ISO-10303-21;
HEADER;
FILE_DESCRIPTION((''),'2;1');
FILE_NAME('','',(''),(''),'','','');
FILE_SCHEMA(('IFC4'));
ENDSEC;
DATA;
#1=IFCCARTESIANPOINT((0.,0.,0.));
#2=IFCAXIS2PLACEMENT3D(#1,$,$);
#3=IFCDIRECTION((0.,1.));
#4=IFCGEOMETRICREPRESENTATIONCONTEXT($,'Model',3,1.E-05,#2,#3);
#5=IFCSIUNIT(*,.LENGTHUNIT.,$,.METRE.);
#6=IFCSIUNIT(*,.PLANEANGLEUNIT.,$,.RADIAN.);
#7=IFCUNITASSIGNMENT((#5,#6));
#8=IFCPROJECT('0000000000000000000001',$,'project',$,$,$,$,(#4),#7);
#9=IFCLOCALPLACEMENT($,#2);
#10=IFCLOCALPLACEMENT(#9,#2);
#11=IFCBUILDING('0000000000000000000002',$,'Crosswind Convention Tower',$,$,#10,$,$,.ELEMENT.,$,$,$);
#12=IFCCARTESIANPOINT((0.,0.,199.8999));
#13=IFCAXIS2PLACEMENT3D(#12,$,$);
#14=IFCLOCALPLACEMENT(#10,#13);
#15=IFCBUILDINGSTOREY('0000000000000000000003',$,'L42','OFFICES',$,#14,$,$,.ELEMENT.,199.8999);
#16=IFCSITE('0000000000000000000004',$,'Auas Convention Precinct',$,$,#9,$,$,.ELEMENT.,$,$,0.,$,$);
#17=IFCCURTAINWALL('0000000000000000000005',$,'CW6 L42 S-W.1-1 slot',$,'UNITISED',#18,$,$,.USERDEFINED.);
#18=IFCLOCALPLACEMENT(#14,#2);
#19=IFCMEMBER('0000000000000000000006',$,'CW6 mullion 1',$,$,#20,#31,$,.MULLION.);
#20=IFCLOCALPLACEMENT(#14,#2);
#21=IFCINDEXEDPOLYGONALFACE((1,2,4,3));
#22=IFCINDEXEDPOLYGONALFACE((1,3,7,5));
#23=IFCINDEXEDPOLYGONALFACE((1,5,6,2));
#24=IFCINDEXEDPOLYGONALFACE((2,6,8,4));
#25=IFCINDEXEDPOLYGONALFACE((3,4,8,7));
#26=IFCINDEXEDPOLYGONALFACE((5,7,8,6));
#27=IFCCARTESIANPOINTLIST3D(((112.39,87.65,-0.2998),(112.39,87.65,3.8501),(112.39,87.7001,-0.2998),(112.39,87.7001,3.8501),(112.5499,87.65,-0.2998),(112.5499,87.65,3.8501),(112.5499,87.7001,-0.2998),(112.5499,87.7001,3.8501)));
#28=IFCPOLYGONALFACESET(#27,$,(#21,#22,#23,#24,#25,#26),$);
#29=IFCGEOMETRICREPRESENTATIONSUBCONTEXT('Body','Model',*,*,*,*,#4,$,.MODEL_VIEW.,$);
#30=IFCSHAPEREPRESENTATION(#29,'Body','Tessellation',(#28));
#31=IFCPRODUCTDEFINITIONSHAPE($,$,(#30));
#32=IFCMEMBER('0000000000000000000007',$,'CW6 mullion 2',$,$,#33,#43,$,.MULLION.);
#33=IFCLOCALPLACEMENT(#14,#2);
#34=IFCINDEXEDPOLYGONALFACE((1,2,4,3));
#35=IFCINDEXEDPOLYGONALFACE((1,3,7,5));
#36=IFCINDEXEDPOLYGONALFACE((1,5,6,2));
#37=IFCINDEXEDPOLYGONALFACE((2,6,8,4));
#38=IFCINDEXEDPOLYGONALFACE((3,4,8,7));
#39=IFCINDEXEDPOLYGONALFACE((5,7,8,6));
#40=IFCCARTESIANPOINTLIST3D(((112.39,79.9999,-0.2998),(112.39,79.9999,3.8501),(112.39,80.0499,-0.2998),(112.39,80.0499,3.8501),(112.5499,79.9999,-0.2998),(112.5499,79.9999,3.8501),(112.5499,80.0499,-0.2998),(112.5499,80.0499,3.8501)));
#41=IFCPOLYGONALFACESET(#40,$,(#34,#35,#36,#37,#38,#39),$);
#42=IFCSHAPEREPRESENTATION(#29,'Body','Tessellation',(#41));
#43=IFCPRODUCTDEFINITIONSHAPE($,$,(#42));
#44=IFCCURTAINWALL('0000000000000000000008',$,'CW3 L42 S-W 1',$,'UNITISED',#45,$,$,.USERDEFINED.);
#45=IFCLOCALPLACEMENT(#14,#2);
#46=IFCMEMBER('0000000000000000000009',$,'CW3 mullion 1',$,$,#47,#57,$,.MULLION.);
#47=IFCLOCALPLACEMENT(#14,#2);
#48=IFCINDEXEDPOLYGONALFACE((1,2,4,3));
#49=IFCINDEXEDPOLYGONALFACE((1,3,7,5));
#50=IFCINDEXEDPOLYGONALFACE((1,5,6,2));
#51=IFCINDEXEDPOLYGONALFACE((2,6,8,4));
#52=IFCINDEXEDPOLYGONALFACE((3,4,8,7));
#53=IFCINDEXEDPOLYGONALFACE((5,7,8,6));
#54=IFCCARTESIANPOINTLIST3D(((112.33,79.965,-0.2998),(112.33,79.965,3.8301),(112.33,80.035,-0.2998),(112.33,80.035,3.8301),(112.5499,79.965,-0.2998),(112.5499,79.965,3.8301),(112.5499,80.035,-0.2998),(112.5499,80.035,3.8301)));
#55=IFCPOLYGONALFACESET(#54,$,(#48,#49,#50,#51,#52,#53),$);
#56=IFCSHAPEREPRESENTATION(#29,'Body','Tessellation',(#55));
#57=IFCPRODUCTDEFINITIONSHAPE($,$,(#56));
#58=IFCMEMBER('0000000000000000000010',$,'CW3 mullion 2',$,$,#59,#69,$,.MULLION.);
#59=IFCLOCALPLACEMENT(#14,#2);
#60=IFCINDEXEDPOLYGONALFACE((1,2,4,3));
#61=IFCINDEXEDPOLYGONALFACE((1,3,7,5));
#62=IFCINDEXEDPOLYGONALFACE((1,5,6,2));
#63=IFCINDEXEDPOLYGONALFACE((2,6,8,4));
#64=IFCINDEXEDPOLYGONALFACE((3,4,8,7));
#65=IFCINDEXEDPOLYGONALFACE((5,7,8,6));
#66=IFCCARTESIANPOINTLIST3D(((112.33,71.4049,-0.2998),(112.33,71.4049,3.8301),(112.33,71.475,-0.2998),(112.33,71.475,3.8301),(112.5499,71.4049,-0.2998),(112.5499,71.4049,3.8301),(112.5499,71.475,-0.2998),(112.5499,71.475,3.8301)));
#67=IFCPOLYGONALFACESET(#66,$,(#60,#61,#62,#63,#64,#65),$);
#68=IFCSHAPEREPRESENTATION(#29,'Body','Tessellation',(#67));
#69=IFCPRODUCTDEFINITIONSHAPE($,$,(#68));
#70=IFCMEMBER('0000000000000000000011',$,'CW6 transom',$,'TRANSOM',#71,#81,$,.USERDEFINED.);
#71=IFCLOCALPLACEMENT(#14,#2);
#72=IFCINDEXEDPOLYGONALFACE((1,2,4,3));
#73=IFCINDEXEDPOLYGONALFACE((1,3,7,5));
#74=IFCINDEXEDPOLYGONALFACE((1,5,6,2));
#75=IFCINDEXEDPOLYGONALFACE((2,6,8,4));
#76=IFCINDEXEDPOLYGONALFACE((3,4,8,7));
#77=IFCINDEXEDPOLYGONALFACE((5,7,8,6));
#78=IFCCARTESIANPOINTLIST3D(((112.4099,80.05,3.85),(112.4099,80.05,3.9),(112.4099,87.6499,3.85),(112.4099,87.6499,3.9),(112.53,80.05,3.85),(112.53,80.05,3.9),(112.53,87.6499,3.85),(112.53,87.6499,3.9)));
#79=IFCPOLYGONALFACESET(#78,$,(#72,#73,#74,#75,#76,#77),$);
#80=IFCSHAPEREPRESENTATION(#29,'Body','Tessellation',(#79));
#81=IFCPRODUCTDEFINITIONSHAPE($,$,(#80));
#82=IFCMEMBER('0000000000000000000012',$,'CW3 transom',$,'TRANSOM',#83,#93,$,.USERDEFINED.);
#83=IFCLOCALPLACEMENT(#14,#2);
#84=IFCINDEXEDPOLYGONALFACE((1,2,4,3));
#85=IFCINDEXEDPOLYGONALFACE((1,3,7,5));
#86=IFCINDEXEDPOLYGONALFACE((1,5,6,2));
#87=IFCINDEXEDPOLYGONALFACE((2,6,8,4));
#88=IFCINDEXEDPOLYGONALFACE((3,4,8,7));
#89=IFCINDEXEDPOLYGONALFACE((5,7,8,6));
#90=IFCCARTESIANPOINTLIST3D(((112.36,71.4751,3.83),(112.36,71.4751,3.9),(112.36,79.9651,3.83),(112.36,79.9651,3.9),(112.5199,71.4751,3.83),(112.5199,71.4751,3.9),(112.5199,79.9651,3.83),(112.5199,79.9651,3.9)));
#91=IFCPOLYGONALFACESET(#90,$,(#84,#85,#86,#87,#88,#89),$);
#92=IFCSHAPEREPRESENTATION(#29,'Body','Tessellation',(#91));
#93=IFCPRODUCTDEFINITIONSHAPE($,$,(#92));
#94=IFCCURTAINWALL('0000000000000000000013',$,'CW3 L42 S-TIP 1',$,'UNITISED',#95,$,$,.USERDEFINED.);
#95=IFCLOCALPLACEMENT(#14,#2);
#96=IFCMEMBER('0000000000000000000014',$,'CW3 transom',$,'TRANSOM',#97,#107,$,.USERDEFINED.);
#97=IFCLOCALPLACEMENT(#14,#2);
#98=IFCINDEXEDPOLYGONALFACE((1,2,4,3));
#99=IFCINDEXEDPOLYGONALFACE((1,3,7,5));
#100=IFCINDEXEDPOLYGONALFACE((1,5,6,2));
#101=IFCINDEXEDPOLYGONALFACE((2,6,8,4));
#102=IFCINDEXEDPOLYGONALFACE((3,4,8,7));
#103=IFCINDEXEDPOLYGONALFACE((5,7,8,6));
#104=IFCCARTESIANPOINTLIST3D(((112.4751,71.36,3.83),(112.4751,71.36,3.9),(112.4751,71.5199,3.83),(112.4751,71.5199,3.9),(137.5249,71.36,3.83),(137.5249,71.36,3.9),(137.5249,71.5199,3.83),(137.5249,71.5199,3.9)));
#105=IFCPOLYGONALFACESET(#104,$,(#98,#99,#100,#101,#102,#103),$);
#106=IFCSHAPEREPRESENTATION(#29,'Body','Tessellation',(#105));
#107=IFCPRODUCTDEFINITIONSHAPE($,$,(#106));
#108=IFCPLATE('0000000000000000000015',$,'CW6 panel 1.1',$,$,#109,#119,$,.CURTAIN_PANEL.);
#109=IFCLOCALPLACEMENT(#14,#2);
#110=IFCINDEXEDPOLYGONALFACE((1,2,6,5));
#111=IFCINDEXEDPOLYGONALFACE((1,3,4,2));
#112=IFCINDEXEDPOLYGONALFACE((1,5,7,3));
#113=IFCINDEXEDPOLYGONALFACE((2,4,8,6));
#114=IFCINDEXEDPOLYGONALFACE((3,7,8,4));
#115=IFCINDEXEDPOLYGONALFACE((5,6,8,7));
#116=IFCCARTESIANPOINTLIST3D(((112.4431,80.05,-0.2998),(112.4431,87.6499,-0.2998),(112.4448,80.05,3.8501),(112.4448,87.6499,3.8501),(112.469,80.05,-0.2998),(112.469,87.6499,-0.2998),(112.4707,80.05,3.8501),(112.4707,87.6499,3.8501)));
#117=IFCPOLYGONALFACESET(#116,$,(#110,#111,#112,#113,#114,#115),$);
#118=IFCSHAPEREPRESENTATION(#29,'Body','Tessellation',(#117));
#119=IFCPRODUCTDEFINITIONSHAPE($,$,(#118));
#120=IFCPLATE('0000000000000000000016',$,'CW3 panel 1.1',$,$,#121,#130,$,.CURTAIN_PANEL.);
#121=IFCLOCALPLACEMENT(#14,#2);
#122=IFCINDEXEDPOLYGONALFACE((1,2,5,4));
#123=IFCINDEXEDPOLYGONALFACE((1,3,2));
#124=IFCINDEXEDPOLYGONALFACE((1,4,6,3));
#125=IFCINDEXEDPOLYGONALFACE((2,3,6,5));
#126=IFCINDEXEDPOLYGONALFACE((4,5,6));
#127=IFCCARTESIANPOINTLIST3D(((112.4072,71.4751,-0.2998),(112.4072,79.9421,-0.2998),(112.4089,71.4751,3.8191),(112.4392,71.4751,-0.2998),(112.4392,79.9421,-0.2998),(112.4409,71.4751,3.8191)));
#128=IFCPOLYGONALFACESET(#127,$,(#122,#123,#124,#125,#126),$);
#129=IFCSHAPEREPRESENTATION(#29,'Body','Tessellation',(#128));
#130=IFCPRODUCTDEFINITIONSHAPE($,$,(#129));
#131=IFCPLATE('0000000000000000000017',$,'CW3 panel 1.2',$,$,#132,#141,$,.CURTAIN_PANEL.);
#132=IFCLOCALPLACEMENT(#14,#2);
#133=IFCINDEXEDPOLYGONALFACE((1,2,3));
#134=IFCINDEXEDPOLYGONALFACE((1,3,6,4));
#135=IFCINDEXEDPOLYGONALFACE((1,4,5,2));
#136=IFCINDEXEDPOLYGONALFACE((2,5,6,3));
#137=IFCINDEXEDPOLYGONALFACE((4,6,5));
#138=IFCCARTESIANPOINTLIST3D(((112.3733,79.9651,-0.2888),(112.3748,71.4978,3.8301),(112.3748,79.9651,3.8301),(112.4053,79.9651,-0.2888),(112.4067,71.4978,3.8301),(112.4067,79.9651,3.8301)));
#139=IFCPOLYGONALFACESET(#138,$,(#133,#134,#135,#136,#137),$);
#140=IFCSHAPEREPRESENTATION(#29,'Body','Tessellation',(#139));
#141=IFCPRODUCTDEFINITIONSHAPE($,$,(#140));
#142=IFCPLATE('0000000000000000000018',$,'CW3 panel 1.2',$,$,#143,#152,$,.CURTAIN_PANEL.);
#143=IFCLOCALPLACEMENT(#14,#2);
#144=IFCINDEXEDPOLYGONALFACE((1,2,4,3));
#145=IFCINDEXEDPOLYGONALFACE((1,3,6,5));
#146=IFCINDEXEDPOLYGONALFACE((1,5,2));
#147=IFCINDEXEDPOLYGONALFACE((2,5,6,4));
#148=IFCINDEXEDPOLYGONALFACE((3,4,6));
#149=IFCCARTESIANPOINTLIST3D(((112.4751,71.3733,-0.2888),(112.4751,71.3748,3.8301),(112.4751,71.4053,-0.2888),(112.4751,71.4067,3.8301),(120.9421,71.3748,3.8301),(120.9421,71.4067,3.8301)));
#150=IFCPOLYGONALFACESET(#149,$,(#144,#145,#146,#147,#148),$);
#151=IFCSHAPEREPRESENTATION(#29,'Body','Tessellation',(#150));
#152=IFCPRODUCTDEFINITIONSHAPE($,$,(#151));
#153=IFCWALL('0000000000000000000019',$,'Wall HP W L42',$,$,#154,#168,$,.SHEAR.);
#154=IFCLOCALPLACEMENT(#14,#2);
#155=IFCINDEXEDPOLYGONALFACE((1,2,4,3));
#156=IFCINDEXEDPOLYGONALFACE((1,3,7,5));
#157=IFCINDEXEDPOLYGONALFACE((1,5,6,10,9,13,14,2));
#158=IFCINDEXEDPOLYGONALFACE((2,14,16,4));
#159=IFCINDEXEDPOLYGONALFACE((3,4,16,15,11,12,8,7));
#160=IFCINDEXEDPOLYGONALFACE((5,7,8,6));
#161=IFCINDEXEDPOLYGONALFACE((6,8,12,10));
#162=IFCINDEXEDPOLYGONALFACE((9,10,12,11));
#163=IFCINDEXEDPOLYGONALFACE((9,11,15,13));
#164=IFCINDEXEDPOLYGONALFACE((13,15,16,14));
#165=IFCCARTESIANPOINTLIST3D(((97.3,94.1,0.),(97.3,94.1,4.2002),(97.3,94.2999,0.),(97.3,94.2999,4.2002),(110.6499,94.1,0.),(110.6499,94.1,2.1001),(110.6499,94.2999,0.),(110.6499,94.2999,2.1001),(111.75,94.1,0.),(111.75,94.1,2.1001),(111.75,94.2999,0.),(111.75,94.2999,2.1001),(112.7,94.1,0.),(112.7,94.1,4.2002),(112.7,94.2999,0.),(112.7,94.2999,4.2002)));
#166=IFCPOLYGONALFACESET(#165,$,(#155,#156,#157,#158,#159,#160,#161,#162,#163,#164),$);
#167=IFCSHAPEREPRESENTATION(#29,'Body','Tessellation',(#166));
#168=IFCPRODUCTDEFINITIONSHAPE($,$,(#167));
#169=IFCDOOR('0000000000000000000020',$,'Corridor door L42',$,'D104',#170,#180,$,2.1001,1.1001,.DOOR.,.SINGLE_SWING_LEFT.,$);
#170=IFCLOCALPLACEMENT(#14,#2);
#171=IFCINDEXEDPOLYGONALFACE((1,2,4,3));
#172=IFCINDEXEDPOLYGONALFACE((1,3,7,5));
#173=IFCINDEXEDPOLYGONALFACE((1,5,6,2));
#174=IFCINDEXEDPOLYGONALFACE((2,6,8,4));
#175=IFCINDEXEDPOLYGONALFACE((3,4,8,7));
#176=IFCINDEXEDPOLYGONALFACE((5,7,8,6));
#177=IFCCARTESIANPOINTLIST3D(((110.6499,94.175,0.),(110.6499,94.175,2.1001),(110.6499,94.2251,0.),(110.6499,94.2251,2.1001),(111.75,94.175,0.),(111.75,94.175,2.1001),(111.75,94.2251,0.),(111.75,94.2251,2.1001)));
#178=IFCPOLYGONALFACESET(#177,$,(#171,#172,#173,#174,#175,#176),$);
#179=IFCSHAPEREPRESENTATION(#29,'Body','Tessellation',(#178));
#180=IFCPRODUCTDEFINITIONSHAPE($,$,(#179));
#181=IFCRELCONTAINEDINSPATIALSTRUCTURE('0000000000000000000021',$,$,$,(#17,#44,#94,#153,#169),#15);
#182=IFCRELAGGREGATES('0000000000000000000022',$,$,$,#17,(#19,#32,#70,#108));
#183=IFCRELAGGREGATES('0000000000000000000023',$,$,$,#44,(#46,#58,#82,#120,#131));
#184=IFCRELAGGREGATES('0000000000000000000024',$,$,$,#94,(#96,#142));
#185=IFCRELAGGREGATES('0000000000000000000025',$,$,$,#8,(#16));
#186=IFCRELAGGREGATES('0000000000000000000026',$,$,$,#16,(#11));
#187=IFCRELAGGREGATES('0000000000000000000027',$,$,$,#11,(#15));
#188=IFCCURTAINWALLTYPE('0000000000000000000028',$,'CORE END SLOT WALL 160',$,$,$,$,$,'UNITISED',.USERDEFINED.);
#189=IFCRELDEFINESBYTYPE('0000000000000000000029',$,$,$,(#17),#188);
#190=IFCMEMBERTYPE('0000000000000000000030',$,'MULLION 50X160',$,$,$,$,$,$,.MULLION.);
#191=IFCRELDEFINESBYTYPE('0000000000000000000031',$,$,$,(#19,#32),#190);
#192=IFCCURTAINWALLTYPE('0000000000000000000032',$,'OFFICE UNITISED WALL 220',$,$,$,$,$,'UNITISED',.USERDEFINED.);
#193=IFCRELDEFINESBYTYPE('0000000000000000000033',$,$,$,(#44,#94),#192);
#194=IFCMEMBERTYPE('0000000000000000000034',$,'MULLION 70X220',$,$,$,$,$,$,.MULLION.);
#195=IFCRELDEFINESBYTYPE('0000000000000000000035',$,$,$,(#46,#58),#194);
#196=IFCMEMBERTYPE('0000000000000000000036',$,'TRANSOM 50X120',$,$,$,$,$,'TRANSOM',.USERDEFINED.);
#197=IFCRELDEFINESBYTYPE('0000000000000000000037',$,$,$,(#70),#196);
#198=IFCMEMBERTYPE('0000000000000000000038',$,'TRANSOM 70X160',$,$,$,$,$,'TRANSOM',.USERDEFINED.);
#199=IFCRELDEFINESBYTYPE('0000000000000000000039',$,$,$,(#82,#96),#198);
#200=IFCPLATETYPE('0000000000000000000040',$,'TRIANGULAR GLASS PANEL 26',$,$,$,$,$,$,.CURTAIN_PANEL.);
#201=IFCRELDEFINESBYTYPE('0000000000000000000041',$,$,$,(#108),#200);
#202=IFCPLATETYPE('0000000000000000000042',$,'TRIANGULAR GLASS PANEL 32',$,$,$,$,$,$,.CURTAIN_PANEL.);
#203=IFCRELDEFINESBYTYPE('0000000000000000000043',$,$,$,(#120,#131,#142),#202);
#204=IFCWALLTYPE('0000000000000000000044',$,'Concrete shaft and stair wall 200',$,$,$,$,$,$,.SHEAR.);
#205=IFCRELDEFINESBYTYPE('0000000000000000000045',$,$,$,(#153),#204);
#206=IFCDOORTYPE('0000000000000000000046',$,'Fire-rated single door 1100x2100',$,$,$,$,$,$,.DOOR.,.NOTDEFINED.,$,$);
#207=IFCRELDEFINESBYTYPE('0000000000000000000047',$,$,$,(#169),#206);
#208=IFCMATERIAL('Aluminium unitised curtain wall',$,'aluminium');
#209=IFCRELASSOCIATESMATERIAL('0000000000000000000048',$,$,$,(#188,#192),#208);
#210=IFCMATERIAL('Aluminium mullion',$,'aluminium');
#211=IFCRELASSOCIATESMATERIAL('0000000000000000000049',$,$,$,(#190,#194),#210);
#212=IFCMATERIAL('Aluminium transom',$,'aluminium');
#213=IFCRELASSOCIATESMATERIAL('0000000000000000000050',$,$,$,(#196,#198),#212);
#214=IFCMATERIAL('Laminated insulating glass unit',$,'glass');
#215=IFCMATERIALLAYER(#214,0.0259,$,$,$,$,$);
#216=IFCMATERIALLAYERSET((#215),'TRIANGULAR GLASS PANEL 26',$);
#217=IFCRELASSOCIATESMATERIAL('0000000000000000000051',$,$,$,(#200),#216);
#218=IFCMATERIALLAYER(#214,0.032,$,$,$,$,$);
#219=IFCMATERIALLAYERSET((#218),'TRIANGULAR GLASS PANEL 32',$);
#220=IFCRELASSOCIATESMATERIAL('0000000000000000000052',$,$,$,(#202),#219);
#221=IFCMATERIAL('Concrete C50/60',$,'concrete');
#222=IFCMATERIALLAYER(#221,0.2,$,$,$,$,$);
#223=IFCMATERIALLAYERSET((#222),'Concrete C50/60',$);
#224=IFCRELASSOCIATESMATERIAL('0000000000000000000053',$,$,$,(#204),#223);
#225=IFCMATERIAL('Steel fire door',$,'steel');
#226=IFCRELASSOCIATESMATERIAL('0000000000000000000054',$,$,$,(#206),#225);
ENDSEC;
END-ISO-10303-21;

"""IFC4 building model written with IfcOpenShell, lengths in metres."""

from ifc_helpers import new_model, si_unit, direction, frame, frame_2d, origin, origin_2d, place, context, subcontext, project, spatial, polyline, rectangle, outline, extrude, material, layer, layer_set, material_profile, profile_set, type_object, element, fill, aggregate, save


model = new_model("IFC4")

# Units and contexts
model_context = context("Model", 3, precision=1e-05, world=origin(), true_north=direction((0.0, 1.0)))
body_context = subcontext(model_context, "Body", "Model", "MODEL_VIEW")
ifc_project = project(units=[si_unit("LENGTHUNIT", "METRE"), si_unit("PLANEANGLEUNIT", "RADIAN")], contexts=[model_context])

# Site, building, storey
site_placement = place(None, origin())
site = spatial("IfcSite", under=ifc_project, at=site_placement, Name="Auas Convention Precinct", CompositionType="ELEMENT", RefElevation=0.0)
building_placement = place(site_placement, origin())
building = spatial("IfcBuilding", under=site, at=building_placement, Name="Crosswind Convention Tower", CompositionType="ELEMENT")
storey_placement = place(building_placement, frame((0.0, 0.0, 199.8999)))
storey = spatial("IfcBuildingStorey", under=building, at=storey_placement, Name="L42", Description="OFFICES", CompositionType="ELEMENT", Elevation=199.8999)

# Curtain walls, members
ifc_material_1 = material(Name="Aluminium unitised curtain wall", Category="aluminium")
curtain_wall_type_1 = type_object("IfcCurtainWallType", Name="CORE END SLOT WALL 160", ElementType="UNITISED", PredefinedType="USERDEFINED", material=ifc_material_1)
curtain_wall_1_placement = place(storey_placement, origin())
curtain_wall_1 = element("IfcCurtainWall", 1, at=curtain_wall_1_placement, inside=storey, type_object=curtain_wall_type_1, Name="CW6 L42 S-W.1-1 slot", ObjectType="UNITISED", PredefinedType="USERDEFINED")
ifc_material_2 = material(Name="Aluminium mullion", Category="aluminium")
ifc_material_profile_1 = material_profile(ifc_material_2, rectangle(XDim=0.1599, YDim=0.05, at=origin_2d()), Name="AL 160X50")
ifc_profile_set_1 = profile_set([ifc_material_profile_1], Name="Aluminium mullion")
member_type_1 = type_object("IfcMemberType", Name="MULLION 50X160", PredefinedType="MULLION", material=ifc_profile_set_1)
member_1_placement = place(storey_placement, frame((112.47, 87.675, -0.2998), z_axis=(0.0, 0.0, 1.0), x_axis=(-1.0, 0.0, 0.0)))
member_1 = element("IfcMember", 2, at=member_1_placement, type_object=member_type_1, Name="CW6 mullion 1", PredefinedType="MULLION", context=body_context, shape_type="SweptSolid", body=[
    extrude(rectangle(XDim=0.1599, YDim=0.05, at=origin_2d()), origin(), (0.0, 0.0, 1.0), 4.1499),
])
member_2_placement = place(storey_placement, frame((112.47, 80.0249, -0.2998), z_axis=(0.0, 0.0, 1.0), x_axis=(-1.0, 0.0, 0.0)))
member_2 = element("IfcMember", 3, at=member_2_placement, type_object=member_type_1, Name="CW6 mullion 2", PredefinedType="MULLION", context=body_context, shape_type="SweptSolid", body=[
    extrude(rectangle(XDim=0.1599, YDim=0.05, at=origin_2d()), origin(), (0.0, 0.0, 1.0), 4.1499),
])
curtain_wall_type_2 = type_object("IfcCurtainWallType", Name="OFFICE UNITISED WALL 220", ElementType="UNITISED", PredefinedType="USERDEFINED", material=ifc_material_1)
curtain_wall_2_placement = place(storey_placement, origin())
curtain_wall_2 = element("IfcCurtainWall", 4, at=curtain_wall_2_placement, inside=storey, type_object=curtain_wall_type_2, Name="CW3 L42 S-W 1", ObjectType="UNITISED", PredefinedType="USERDEFINED")
ifc_material_profile_2 = material_profile(ifc_material_2, rectangle(XDim=0.22, YDim=0.0701, at=origin_2d()), Name="AL 220X70")
ifc_profile_set_2 = profile_set([ifc_material_profile_2], Name="Aluminium mullion")
member_type_2 = type_object("IfcMemberType", Name="MULLION 70X220", PredefinedType="MULLION", material=ifc_profile_set_2)
member_3_placement = place(storey_placement, frame((112.4399, 80.0, -0.2998), z_axis=(0.0, 0.0, 1.0), x_axis=(-1.0, 0.0, 0.0)))
member_3 = element("IfcMember", 5, at=member_3_placement, type_object=member_type_2, Name="CW3 mullion 1", PredefinedType="MULLION", context=body_context, shape_type="SweptSolid", body=[
    extrude(rectangle(XDim=0.22, YDim=0.0701, at=origin_2d()), origin(), (0.0, 0.0, 1.0), 4.1299),
])
member_4_placement = place(storey_placement, frame((112.4399, 71.4399, -0.2998), z_axis=(0.0, 0.0, 1.0), x_axis=(-1.0, 0.0, 0.0)))
member_4 = element("IfcMember", 6, at=member_4_placement, type_object=member_type_2, Name="CW3 mullion 2", PredefinedType="MULLION", context=body_context, shape_type="SweptSolid", body=[
    extrude(rectangle(XDim=0.22, YDim=0.0701, at=origin_2d()), origin(), (0.0, 0.0, 1.0), 4.1299),
])

# Members
ifc_material_3 = material(Name="Aluminium transom", Category="aluminium")
ifc_material_profile_3 = material_profile(ifc_material_3, rectangle(XDim=0.1201, YDim=0.05, at=origin_2d()), Name="AL 120X50")
ifc_profile_set_3 = profile_set([ifc_material_profile_3], Name="Aluminium transom")
member_type_3 = type_object("IfcMemberType", Name="TRANSOM 50X120", ElementType="TRANSOM", PredefinedType="USERDEFINED", material=ifc_profile_set_3)
member_5_placement = place(storey_placement, frame((112.47, 87.6499, 3.875), z_axis=(0.0, -1.0, 0.0), x_axis=(1.0, 0.0, 0.0)))
member_5 = element("IfcMember", 7, at=member_5_placement, type_object=member_type_3, Name="CW6 transom", ObjectType="TRANSOM", PredefinedType="USERDEFINED", context=body_context, shape_type="SweptSolid", body=[
    extrude(rectangle(XDim=0.1201, YDim=0.05, at=origin_2d()), origin(), (0.0, 0.0, 1.0), 7.5999),
])
ifc_material_profile_4 = material_profile(ifc_material_3, rectangle(XDim=0.1599, YDim=0.0701, at=origin_2d()), Name="AL 160X70")
ifc_profile_set_4 = profile_set([ifc_material_profile_4], Name="Aluminium transom")
member_type_4 = type_object("IfcMemberType", Name="TRANSOM 70X160", ElementType="TRANSOM", PredefinedType="USERDEFINED", material=ifc_profile_set_4)
member_6_placement = place(storey_placement, frame((112.4399, 79.9651, 3.865), z_axis=(0.0, -1.0, 0.0), x_axis=(1.0, 0.0, 0.0)))
member_6 = element("IfcMember", 8, at=member_6_placement, type_object=member_type_4, Name="CW3 transom", ObjectType="TRANSOM", PredefinedType="USERDEFINED", context=body_context, shape_type="SweptSolid", body=[
    extrude(rectangle(XDim=0.1599, YDim=0.0701, at=origin_2d()), origin(), (0.0, 0.0, 1.0), 8.49),
])

# Curtain wall, member
curtain_wall_3_placement = place(storey_placement, origin())
curtain_wall_3 = element("IfcCurtainWall", 9, at=curtain_wall_3_placement, inside=storey, type_object=curtain_wall_type_2, Name="CW3 L42 S-TIP 1", ObjectType="UNITISED", PredefinedType="USERDEFINED")
member_7_placement = place(storey_placement, frame((112.4751, 71.4399, 3.865), z_axis=(1.0, 0.0, 0.0), x_axis=(0.0, 1.0, 0.0)))
member_7 = element("IfcMember", 10, at=member_7_placement, type_object=member_type_4, Name="CW3 transom", ObjectType="TRANSOM", PredefinedType="USERDEFINED", context=body_context, shape_type="SweptSolid", body=[
    extrude(rectangle(XDim=0.1599, YDim=0.0701, at=origin_2d()), origin(), (0.0, 0.0, 1.0), 25.0498),
])

# Plates
ifc_material_4 = material(Name="Laminated insulating glass unit", Category="glass")
ifc_layer_1 = layer(ifc_material_4, 0.0259)
ifc_layer_set_1 = layer_set([ifc_layer_1], Name="TRIANGULAR GLASS PANEL 26")
plate_type_1 = type_object("IfcPlateType", Name="TRIANGULAR GLASS PANEL 26", PredefinedType="CURTAIN_PANEL", material=ifc_layer_set_1)
plate_1_placement = place(storey_placement, frame((112.4431, 87.6499, -0.2998), z_axis=(-1.0, 0.0, 0.000412), x_axis=(0.0, -1.0, 0.0)))
plate_1 = element("IfcPlate", 11, at=plate_1_placement, type_object=plate_type_1, Name="CW6 panel 1.1", PredefinedType="CURTAIN_PANEL", context=body_context, shape_type="SweptSolid", body=[
    extrude(outline(polyline([(0.0, 0.0), (7.5999, 0.0), (7.5999, 4.1499), (0.0, 4.1499), (0.0, 0.0)])), origin(), (0.0, 0.0, -1.0), 0.0259),
])
aggregate(curtain_wall_1, [member_1, member_2, member_5, plate_1])
ifc_layer_2 = layer(ifc_material_4, 0.032)
ifc_layer_set_2 = layer_set([ifc_layer_2], Name="TRIANGULAR GLASS PANEL 32")
plate_type_2 = type_object("IfcPlateType", Name="TRIANGULAR GLASS PANEL 32", PredefinedType="CURTAIN_PANEL", material=ifc_layer_set_2)
plate_2_placement = place(storey_placement, frame((112.4072, 71.4751, -0.2998), z_axis=(-1.0, 0.0, 0.000415), x_axis=(0.000415, 0.0, 1.0)))
plate_2 = element("IfcPlate", 12, at=plate_2_placement, type_object=plate_type_2, Name="CW3 panel 1.1", PredefinedType="CURTAIN_PANEL", context=body_context, shape_type="SweptSolid", body=[
    extrude(outline(polyline([(0.0, 0.0), (4.1189, 0.0), (0.0, 8.467), (0.0, 0.0)])), origin(), (0.0, 0.0, -1.0), 0.032),
])
plate_3_placement = place(storey_placement, frame((112.3748, 79.9651, 3.8301), z_axis=(-1.0, 0.0, 0.000356), x_axis=(-0.000356, 0.0, -1.0)))
plate_3 = element("IfcPlate", 13, at=plate_3_placement, type_object=plate_type_2, Name="CW3 panel 1.2", PredefinedType="CURTAIN_PANEL", context=body_context, shape_type="SweptSolid", body=[
    extrude(outline(polyline([(0.0, 0.0), (4.1189, 0.0), (0.0, 8.4673), (0.0, 0.0)])), origin(), (0.0, 0.0, -1.0), 0.032),
])
plate_4_placement = place(storey_placement, frame((112.4751, 71.3748, 3.8301), z_axis=(0.0, -1.0, 0.000356), x_axis=(0.0, -0.000356, -1.0)))
plate_4 = element("IfcPlate", 14, at=plate_4_placement, type_object=plate_type_2, Name="CW3 panel 1.2", PredefinedType="CURTAIN_PANEL", context=body_context, shape_type="SweptSolid", body=[
    extrude(outline(polyline([(0.0, 0.0), (4.1189, 0.0), (0.0, 8.467), (0.0, 0.0)])), origin(), (0.0, 0.0, -1.0), 0.032),
])

# Wall, opening, door
ifc_material_5 = material(Name="Concrete C50/60", Category="concrete")
ifc_layer_3 = layer(ifc_material_5, 0.2)
ifc_layer_set_3 = layer_set([ifc_layer_3], Name="Concrete C50/60")
wall_type_1 = type_object("IfcWallType", Name="Concrete shaft and stair wall 200", PredefinedType="SHEAR", material=ifc_layer_set_3)
wall_1_placement = place(storey_placement, frame((112.7, 94.2, 0.0), z_axis=(0.0, 0.0, 1.0), x_axis=(-1.0, 0.0, 0.0)))
wall_1 = element("IfcWall", 15, at=wall_1_placement, inside=storey, type_object=wall_type_1, Name="Wall HP W L42", PredefinedType="SHEAR", context=body_context, shape_type="SweptSolid", body=[
    extrude(rectangle(XDim=15.3999, YDim=0.2, at=frame_2d((7.7, 0.0))), origin(), (0.0, 0.0, 1.0), 4.2002),
])
opening_1_placement = place(wall_1_placement, frame((0.95, 0.0, 0.0)))
opening_1 = element("IfcOpeningElement", 16, at=opening_1_placement, cuts=wall_1, PredefinedType="OPENING", context=body_context, shape_type="SweptSolid", body=[
    extrude(rectangle(XDim=1.1001, YDim=2.1001, at=frame_2d((0.55, 1.05))), frame((0.0, 0.1099, 0.0), z_axis=(0.0, -1.0, 0.0), x_axis=(1.0, 0.0, 0.0)), (0.0, 0.0, 1.0), 0.22),
])
ifc_material_6 = material(Name="Steel fire door", Category="steel")
door_type_1 = type_object("IfcDoorType", Name="Fire-rated single door 1100x2100", OperationType="NOTDEFINED", PredefinedType="DOOR", material=ifc_material_6)
door_1_placement = place(opening_1_placement, origin())
door_1 = element("IfcDoor", 17, at=door_1_placement, inside=storey, type_object=door_type_1, Name="Corridor door L42", ObjectType="D104", OperationType="SINGLE_SWING_LEFT", OverallHeight=2.1001, OverallWidth=1.1001, PredefinedType="DOOR", context=body_context, shape_type="SweptSolid", body=[
    extrude(rectangle(XDim=1.1001, YDim=2.1001, at=frame_2d((0.55, 1.05))), frame((0.0, 0.0249, 0.0), z_axis=(0.0, -1.0, 0.0), x_axis=(1.0, 0.0, 0.0)), (0.0, 0.0, 1.0), 0.05),
])
fill(opening_1, door_1)

aggregate(curtain_wall_2, [member_3, member_4, member_6, plate_2, plate_3])
aggregate(curtain_wall_3, [member_7, plate_4])

save(model, "model.ifc")
